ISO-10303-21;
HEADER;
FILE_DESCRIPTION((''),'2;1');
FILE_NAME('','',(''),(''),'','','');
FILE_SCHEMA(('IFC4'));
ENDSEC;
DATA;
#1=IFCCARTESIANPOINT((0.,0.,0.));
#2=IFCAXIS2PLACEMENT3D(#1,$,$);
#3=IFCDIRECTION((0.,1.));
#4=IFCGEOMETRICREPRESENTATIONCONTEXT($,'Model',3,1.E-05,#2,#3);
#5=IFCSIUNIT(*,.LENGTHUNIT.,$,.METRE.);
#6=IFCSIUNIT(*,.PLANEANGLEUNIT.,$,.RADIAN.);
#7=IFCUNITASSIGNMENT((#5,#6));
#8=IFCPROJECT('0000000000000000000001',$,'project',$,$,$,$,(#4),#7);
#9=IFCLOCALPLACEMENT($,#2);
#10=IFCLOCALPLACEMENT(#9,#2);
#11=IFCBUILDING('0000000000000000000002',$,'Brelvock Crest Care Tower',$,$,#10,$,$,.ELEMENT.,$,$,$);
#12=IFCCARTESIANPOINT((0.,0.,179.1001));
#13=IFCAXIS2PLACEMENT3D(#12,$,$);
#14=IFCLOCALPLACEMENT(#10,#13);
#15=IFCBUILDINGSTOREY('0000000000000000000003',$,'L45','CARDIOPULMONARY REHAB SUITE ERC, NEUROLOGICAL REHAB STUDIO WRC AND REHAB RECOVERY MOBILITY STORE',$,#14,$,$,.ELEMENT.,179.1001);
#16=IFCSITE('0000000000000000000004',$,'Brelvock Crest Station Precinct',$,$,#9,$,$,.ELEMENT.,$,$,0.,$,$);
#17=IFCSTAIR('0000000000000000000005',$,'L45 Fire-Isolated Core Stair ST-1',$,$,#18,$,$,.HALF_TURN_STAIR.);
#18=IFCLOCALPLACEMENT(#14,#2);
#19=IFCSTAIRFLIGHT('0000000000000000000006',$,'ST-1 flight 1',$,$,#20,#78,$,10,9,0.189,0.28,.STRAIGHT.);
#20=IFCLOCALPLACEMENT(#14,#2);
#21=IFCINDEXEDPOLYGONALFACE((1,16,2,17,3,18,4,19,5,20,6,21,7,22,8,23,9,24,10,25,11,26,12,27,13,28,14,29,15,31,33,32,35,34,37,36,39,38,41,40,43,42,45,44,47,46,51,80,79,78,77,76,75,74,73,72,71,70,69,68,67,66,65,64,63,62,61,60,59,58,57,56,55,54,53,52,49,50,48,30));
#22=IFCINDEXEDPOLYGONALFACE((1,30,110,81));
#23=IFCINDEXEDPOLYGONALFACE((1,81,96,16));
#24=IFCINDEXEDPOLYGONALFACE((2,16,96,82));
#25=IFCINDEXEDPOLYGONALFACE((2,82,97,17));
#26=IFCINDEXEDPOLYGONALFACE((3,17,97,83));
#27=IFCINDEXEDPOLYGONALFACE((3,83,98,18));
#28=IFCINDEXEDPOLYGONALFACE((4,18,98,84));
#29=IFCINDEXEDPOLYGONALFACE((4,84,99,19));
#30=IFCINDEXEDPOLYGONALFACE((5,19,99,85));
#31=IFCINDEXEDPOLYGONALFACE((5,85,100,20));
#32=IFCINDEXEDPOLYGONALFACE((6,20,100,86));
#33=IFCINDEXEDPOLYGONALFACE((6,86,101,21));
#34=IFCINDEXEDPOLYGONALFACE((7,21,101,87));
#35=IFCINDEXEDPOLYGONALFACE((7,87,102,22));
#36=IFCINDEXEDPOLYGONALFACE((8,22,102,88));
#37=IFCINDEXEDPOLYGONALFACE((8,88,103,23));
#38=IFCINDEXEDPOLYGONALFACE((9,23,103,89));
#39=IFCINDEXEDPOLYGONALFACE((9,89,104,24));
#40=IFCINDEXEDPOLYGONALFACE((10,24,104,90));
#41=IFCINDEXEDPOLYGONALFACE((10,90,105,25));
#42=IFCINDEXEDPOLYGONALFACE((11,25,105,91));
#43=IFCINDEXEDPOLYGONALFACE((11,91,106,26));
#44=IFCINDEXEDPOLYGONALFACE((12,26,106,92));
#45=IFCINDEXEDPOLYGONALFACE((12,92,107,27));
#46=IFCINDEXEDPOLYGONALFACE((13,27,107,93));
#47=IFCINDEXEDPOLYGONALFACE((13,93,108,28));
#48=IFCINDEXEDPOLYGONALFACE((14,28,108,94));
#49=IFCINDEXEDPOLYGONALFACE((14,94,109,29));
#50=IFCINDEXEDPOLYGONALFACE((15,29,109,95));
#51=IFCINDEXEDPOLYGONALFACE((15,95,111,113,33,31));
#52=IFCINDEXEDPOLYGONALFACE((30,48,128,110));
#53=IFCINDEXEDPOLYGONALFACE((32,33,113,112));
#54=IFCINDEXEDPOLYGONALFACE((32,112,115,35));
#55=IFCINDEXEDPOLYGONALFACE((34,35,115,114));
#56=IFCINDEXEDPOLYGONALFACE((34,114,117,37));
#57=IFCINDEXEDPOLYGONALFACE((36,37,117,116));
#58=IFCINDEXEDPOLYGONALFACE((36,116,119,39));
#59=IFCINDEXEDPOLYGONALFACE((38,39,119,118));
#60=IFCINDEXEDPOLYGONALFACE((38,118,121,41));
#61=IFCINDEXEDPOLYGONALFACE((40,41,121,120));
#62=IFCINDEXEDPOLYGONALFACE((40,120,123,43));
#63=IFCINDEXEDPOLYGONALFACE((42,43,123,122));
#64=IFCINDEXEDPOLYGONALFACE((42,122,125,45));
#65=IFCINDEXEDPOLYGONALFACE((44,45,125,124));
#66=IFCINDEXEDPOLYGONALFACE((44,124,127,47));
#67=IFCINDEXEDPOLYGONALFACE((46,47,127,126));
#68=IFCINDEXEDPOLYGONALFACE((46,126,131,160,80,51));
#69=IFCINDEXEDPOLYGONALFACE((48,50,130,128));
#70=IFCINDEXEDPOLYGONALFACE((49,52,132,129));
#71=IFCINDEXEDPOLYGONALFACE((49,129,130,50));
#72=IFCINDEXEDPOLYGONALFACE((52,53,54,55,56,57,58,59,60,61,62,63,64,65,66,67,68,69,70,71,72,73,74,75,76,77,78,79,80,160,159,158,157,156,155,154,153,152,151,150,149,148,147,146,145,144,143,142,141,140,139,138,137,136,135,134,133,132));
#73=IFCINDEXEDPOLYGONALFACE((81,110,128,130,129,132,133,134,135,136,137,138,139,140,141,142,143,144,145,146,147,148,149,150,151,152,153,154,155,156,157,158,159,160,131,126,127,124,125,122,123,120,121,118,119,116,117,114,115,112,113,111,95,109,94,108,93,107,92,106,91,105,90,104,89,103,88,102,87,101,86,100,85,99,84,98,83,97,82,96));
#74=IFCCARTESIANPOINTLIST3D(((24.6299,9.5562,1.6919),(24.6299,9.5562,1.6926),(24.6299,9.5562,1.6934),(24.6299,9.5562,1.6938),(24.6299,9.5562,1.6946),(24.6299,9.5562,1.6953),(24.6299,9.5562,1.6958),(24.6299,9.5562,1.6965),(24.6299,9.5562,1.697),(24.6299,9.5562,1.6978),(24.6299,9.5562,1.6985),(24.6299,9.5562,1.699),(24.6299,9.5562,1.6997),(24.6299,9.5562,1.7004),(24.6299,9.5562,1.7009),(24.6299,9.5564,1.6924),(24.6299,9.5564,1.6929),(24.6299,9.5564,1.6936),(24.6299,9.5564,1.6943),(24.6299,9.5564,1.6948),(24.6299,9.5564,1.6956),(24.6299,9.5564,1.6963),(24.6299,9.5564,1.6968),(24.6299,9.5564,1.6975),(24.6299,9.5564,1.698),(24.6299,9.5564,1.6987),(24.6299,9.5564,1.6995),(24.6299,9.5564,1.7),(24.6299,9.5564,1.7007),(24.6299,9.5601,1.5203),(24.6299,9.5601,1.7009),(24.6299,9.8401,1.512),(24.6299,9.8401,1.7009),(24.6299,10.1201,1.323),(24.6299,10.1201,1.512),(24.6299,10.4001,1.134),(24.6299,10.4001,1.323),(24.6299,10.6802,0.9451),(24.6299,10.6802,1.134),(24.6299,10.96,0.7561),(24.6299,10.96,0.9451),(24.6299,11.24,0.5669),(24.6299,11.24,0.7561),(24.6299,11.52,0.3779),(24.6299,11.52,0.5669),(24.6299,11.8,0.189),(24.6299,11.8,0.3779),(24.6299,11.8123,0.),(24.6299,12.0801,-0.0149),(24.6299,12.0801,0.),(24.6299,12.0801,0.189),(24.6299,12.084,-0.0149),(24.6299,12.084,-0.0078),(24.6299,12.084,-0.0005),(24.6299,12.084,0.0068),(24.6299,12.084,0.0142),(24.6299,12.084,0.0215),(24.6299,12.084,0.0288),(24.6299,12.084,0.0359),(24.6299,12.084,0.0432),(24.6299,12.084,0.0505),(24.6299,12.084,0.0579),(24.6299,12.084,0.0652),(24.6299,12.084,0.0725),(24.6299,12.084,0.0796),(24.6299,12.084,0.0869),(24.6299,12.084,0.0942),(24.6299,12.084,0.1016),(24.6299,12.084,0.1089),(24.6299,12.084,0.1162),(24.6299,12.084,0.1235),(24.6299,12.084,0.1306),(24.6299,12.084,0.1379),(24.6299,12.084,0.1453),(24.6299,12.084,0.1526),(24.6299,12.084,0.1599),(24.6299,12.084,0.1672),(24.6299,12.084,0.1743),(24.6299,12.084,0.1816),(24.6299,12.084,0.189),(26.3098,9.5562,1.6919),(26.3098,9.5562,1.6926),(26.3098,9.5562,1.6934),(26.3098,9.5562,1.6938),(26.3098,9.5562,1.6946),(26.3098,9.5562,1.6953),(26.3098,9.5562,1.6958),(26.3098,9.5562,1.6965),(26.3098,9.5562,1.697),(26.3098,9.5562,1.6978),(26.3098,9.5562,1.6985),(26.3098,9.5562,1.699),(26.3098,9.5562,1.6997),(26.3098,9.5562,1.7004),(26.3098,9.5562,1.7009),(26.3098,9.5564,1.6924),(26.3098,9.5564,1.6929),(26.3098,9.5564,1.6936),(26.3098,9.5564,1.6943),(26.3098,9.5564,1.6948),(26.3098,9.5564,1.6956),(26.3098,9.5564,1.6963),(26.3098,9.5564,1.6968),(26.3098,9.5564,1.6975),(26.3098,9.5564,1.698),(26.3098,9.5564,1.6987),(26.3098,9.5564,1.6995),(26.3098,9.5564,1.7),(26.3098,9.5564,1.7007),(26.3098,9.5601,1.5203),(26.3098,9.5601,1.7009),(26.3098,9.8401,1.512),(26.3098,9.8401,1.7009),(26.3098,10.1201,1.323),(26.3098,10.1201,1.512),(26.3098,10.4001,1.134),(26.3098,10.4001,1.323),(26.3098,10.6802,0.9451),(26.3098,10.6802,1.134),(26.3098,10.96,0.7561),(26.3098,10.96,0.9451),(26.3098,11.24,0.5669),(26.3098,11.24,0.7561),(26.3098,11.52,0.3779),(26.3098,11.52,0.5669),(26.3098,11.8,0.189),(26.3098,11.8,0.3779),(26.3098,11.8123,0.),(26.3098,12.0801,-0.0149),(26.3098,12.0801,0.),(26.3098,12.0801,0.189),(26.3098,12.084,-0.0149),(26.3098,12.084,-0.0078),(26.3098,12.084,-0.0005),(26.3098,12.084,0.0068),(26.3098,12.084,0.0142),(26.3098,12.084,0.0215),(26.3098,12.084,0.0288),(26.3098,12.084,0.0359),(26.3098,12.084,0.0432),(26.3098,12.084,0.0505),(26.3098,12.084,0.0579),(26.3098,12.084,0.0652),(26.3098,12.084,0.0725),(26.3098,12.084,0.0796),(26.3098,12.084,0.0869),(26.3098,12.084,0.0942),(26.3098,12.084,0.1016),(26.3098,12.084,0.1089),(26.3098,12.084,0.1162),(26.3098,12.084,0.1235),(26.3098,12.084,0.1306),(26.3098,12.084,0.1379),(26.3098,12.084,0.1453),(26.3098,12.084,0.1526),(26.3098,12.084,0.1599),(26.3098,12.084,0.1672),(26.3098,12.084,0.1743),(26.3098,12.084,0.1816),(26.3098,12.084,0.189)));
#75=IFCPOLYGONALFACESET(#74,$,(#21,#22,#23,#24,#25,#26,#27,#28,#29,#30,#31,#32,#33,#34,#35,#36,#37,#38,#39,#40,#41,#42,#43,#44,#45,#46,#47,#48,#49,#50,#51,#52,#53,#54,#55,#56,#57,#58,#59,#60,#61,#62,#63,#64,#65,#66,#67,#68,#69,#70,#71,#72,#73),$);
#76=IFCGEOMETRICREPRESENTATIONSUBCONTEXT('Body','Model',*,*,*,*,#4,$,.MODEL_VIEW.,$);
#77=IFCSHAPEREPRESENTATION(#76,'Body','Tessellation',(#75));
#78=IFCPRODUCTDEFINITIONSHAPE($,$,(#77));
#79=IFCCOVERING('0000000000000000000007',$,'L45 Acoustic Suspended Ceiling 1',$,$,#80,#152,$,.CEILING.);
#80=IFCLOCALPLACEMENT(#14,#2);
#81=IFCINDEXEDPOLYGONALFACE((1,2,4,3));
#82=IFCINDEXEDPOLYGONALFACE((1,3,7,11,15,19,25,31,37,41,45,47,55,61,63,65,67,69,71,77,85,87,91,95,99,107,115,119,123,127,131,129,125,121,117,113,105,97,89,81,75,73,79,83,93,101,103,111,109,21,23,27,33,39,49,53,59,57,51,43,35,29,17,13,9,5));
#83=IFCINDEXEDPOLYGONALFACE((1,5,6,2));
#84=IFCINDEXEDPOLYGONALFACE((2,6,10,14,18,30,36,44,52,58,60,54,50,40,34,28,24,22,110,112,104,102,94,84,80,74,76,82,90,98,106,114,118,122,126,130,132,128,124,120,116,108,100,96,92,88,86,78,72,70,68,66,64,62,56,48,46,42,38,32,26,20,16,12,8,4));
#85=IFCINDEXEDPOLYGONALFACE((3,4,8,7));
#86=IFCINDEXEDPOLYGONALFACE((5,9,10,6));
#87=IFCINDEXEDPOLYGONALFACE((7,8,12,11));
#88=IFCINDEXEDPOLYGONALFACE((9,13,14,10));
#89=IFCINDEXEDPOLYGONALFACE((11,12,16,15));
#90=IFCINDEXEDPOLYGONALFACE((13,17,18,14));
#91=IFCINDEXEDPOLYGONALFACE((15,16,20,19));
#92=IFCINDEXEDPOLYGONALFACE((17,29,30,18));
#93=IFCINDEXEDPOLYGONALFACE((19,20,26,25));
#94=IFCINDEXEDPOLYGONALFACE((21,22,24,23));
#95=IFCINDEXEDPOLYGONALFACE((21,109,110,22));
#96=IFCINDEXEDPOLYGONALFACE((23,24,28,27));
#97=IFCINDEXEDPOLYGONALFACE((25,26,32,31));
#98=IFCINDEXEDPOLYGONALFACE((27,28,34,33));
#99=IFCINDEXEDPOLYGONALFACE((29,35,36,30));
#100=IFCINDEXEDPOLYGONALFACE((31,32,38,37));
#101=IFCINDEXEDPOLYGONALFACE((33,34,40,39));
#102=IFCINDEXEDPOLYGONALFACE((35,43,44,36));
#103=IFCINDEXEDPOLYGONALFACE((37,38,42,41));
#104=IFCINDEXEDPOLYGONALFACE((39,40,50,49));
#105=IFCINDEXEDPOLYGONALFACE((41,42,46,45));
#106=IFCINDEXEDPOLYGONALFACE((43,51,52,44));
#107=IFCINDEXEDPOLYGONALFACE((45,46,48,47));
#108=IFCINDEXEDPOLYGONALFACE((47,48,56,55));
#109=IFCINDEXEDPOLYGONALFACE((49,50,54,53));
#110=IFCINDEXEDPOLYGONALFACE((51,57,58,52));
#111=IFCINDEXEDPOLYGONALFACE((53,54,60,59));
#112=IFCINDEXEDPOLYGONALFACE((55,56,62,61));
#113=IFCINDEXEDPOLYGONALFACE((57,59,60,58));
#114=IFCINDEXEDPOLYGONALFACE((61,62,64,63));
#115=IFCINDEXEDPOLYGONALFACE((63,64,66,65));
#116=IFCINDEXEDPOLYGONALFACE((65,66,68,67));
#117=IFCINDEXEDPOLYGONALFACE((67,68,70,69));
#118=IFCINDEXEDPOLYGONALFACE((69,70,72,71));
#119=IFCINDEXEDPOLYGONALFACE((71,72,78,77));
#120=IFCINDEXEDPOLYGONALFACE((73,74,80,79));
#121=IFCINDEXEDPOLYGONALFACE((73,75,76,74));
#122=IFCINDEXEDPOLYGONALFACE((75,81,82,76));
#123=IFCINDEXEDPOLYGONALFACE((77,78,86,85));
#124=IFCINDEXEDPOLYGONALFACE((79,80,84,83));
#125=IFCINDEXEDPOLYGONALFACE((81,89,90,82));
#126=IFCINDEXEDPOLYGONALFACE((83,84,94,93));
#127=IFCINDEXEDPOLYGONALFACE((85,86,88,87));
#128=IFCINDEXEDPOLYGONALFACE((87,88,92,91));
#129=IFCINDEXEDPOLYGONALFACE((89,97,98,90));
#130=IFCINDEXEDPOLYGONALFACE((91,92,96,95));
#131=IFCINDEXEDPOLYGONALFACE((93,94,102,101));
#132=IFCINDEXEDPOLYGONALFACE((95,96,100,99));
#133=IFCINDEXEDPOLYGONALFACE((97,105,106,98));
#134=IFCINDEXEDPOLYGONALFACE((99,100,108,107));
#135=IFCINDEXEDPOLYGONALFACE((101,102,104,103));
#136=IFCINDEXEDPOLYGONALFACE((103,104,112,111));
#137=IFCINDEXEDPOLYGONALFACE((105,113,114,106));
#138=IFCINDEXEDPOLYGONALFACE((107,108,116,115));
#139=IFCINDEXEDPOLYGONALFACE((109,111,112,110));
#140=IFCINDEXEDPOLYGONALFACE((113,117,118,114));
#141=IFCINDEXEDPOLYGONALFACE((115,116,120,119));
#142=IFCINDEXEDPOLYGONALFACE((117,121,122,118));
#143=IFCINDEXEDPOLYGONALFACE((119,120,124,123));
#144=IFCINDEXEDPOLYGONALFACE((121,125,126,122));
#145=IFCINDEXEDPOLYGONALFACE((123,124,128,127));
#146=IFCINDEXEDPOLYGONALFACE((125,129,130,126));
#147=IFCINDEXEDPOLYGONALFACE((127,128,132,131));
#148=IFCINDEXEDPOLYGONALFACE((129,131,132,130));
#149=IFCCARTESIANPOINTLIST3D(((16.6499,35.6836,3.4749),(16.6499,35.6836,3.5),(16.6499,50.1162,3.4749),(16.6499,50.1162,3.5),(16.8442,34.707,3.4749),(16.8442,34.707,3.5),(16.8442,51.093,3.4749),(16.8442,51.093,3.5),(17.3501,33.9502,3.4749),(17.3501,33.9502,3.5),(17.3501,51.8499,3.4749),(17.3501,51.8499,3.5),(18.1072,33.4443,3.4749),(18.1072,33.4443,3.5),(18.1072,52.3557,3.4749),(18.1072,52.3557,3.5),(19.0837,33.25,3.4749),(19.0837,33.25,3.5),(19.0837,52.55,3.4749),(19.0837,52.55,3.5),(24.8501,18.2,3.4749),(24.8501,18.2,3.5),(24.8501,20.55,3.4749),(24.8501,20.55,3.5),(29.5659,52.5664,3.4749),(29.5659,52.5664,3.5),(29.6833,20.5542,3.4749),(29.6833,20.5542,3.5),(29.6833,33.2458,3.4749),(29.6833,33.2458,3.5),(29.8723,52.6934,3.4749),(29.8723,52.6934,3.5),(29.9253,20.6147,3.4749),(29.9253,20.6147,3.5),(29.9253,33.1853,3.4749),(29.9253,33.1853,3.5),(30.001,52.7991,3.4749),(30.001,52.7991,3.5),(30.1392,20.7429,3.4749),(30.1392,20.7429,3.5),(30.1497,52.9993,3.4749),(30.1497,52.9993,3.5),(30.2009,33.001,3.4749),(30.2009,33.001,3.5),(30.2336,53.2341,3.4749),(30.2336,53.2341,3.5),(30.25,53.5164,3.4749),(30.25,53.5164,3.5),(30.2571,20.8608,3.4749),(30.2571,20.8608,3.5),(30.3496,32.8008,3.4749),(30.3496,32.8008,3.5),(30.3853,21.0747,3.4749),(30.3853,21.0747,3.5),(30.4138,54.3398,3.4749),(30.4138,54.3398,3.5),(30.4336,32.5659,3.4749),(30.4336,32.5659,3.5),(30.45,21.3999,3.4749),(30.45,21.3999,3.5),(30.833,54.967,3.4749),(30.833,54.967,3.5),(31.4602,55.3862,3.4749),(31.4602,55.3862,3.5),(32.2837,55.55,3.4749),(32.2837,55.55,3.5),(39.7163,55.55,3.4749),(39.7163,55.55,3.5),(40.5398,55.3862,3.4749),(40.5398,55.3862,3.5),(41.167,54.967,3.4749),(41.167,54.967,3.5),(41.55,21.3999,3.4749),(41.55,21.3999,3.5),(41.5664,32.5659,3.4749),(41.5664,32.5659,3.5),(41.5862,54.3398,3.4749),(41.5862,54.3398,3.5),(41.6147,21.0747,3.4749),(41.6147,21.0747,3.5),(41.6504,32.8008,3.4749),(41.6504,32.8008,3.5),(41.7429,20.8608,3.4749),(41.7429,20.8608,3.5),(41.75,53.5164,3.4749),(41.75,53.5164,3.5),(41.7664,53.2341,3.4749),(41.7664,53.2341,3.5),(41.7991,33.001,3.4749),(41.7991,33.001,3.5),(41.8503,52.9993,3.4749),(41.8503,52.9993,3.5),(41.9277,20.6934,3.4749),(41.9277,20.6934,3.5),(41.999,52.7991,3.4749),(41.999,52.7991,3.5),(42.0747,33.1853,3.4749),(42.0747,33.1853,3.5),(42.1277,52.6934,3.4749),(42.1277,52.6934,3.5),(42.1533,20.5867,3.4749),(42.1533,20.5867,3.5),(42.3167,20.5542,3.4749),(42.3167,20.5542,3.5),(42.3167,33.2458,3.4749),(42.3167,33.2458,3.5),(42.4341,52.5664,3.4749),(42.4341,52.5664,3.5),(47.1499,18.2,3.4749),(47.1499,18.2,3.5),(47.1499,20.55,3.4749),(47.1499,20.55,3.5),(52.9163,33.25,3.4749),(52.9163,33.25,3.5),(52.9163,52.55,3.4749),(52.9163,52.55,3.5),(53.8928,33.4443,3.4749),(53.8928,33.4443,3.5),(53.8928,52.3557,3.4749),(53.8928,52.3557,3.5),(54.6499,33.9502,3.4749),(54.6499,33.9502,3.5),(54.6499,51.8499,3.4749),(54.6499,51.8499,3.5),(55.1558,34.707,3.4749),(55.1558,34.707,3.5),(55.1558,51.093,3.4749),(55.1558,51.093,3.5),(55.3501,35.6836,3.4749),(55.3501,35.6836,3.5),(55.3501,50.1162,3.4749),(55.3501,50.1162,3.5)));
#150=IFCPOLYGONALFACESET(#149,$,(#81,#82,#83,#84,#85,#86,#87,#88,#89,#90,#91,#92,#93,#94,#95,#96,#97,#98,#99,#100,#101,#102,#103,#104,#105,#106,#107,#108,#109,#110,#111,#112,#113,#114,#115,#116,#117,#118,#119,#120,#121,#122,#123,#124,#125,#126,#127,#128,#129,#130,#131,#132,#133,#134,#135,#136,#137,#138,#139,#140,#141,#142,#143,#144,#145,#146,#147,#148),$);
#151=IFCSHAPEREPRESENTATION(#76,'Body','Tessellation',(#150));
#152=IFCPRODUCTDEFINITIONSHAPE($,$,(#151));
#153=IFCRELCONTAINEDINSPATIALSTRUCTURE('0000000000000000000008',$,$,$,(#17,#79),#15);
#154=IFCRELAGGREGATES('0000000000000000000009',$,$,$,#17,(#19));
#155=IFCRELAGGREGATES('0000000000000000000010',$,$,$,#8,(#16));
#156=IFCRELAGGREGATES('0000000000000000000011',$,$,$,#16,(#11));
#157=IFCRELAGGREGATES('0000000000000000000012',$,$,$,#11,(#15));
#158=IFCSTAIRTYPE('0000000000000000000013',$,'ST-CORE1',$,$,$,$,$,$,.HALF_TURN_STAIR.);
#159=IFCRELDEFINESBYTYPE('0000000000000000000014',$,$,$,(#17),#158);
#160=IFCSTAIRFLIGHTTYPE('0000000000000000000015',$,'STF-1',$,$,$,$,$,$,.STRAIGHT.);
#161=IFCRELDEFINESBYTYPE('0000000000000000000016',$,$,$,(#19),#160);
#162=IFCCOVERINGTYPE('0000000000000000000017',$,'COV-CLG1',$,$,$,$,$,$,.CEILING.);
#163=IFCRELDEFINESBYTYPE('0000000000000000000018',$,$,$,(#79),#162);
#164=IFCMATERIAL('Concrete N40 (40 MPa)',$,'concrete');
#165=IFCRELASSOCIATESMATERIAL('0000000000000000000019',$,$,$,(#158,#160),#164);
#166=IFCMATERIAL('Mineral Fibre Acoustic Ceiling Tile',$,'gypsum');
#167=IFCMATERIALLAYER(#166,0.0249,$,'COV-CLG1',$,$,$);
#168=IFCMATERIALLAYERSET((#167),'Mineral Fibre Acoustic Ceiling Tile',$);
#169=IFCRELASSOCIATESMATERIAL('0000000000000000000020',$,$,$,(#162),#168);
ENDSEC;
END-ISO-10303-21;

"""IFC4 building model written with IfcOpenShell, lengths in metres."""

from ifc_helpers import new_model, si_unit, direction, frame, origin, place, context, subcontext, project, spatial, polyline, outline, extrude, material, layer, layer_set, type_object, element, aggregate, save


model = new_model("IFC4")

# Units and contexts
model_context = context("Model", 3, precision=1e-05, world=origin(), true_north=direction((0.0, 1.0)))
body_context = subcontext(model_context, "Body", "Model", "MODEL_VIEW")
ifc_project = project(units=[si_unit("LENGTHUNIT", "METRE"), si_unit("PLANEANGLEUNIT", "RADIAN")], contexts=[model_context])

# Site, building, storey
site_placement = place(None, origin())
site = spatial("IfcSite", under=ifc_project, at=site_placement, Name="Brelvock Crest Station Precinct", CompositionType="ELEMENT", RefElevation=0.0)
building_placement = place(site_placement, origin())
building = spatial("IfcBuilding", under=site, at=building_placement, Name="Brelvock Crest Care Tower", CompositionType="ELEMENT")
storey_placement = place(building_placement, frame((0.0, 0.0, 179.1001)))
storey = spatial("IfcBuildingStorey", under=building, at=storey_placement, Name="L45", Description="CARDIOPULMONARY REHAB SUITE ERC, NEUROLOGICAL REHAB STUDIO WRC AND REHAB RECOVERY MOBILITY STORE", CompositionType="ELEMENT", Elevation=179.1001)

# Stair
ifc_material_1 = material(Name="Concrete N40 (40 MPa)", Category="concrete")
stair_type = type_object("IfcStairType", Name="ST-CORE1", PredefinedType="HALF_TURN_STAIR", material=ifc_material_1)
stair_1_placement = place(storey_placement, origin())
stair_1 = element("IfcStair", 1, at=stair_1_placement, inside=storey, type_object=stair_type, Name="L45 Fire-Isolated Core Stair ST-1", PredefinedType="HALF_TURN_STAIR")

# Stair flight
stair_flight_type = type_object("IfcStairFlightType", Name="STF-1", PredefinedType="STRAIGHT", material=ifc_material_1)
stair_flight_placement = place(storey_placement, frame((25.47, 12.0801, 0.0), z_axis=(0.0, 0.0, 1.0), x_axis=(0.0, -1.0, 0.0)))
stair_flight = element("IfcStairFlight", 2, at=stair_flight_placement, type_object=stair_flight_type, Name="ST-1 flight 1", NumberOfRisers=10, NumberOfTreads=9, PredefinedType="STRAIGHT", RiserHeight=0.189, TreadLength=0.28, context=body_context, shape_type="SweptSolid", body=[
    extrude(outline(polyline([(-0.0039, -0.0149), (-0.0039, -0.0078), (-0.0039, -0.0005), (-0.0039, 0.0068), (-0.0039, 0.0142), (-0.0039, 0.0215), (-0.0039, 0.0288), (-0.0039, 0.0359), (-0.0039, 0.0432), (-0.0039, 0.0505), (-0.0039, 0.0579), (-0.0039, 0.0652), (-0.0039, 0.0725), (-0.0039, 0.0796), (-0.0039, 0.0869), (-0.0039, 0.0942), (-0.0039, 0.1016), (-0.0039, 0.1089), (-0.0039, 0.1162), (-0.0039, 0.1235), (-0.0039, 0.1306), (-0.0039, 0.1379), (-0.0039, 0.1453), (-0.0039, 0.1526), (-0.0039, 0.1599), (-0.0039, 0.1672), (-0.0039, 0.1743), (-0.0039, 0.1816), (-0.0039, 0.189), (0.0, 0.189), (0.28, 0.189), (0.28, 0.3779), (0.5601, 0.3779), (0.5601, 0.5669), (0.8401, 0.5669), (0.8401, 0.7561), (1.1201, 0.7561), (1.1201, 0.9451), (1.3999, 0.9451), (1.3999, 1.134), (1.6799, 1.134), (1.6799, 1.323), (1.96, 1.323), (1.96, 1.512), (2.24, 1.512), (2.24, 1.7009), (2.52, 1.7009), (2.5239, 1.7009), (2.5237, 1.7007), (2.5239, 1.7004), (2.5237, 1.7), (2.5239, 1.6997), (2.5237, 1.6995), (2.5239, 1.699), (2.5237, 1.6987), (2.5239, 1.6985), (2.5237, 1.698), (2.5239, 1.6978), (2.5237, 1.6975), (2.5239, 1.697), (2.5237, 1.6968), (2.5239, 1.6965), (2.5237, 1.6963), (2.5239, 1.6958), (2.5237, 1.6956), (2.5239, 1.6953), (2.5237, 1.6948), (2.5239, 1.6946), (2.5237, 1.6943), (2.5239, 1.6938), (2.5237, 1.6936), (2.5239, 1.6934), (2.5237, 1.6929), (2.5239, 1.6926), (2.5237, 1.6924), (2.5239, 1.6919), (2.52, 1.5203), (0.2678, 0.0), (0.0, 0.0), (0.0, -0.0149), (-0.0039, -0.0149)])), frame((0.0, 0.8398, 0.0), z_axis=(0.0, -1.0, 0.0), x_axis=(1.0, 0.0, 0.0)), (0.0, 0.0, 1.0), 1.6799),
])
aggregate(stair_1, [stair_flight])

# Covering
ifc_material_2 = material(Name="Mineral Fibre Acoustic Ceiling Tile", Category="gypsum")
ifc_layer_1 = layer(ifc_material_2, 0.0249, Name="COV-CLG1")
ifc_layer_set_1 = layer_set([ifc_layer_1], Name="Mineral Fibre Acoustic Ceiling Tile")
covering_type_1 = type_object("IfcCoveringType", Name="COV-CLG1", PredefinedType="CEILING", material=ifc_layer_set_1)
covering_1_placement = place(storey_placement, frame((0.0, 0.0, 3.4749)))
element("IfcCovering", 3, at=covering_1_placement, inside=storey, type_object=covering_type_1, Name="L45 Acoustic Suspended Ceiling 1", PredefinedType="CEILING", context=body_context, shape_type="SweptSolid", body=[
    extrude(outline(polyline([(24.8501, 18.2), (47.1499, 18.2), (47.1499, 20.55), (42.3167, 20.5542), (42.1533, 20.5867), (41.9277, 20.6934), (41.7429, 20.8608), (41.6147, 21.0747), (41.55, 21.3999), (41.5664, 32.5659), (41.6504, 32.8008), (41.7991, 33.001), (42.0747, 33.1853), (42.3167, 33.2458), (52.9163, 33.25), (53.8928, 33.4443), (54.6499, 33.9502), (55.1558, 34.707), (55.3501, 35.6836), (55.3501, 50.1162), (55.1558, 51.093), (54.6499, 51.8499), (53.8928, 52.3557), (52.9163, 52.55), (42.4341, 52.5664), (42.1277, 52.6934), (41.999, 52.7991), (41.8503, 52.9993), (41.7664, 53.2341), (41.75, 53.5164), (41.5862, 54.3398), (41.167, 54.967), (40.5398, 55.3862), (39.7163, 55.55), (32.2837, 55.55), (31.4602, 55.3862), (30.833, 54.967), (30.4138, 54.3398), (30.25, 53.5164), (30.2336, 53.2341), (30.1497, 52.9993), (30.001, 52.7991), (29.8723, 52.6934), (29.5659, 52.5664), (19.0837, 52.55), (18.1072, 52.3557), (17.3501, 51.8499), (16.8442, 51.093), (16.6499, 50.1162), (16.6499, 35.6836), (16.8442, 34.707), (17.3501, 33.9502), (18.1072, 33.4443), (19.0837, 33.25), (29.6833, 33.2458), (29.9253, 33.1853), (30.2009, 33.001), (30.3496, 32.8008), (30.4336, 32.5659), (30.45, 21.3999), (30.3853, 21.0747), (30.2571, 20.8608), (30.1392, 20.7429), (29.9253, 20.6147), (29.6833, 20.5542), (24.8501, 20.55), (24.8501, 18.2)])), origin(), (0.0, 0.0, 1.0), 0.0251),
])

save(model, "model.ifc")
